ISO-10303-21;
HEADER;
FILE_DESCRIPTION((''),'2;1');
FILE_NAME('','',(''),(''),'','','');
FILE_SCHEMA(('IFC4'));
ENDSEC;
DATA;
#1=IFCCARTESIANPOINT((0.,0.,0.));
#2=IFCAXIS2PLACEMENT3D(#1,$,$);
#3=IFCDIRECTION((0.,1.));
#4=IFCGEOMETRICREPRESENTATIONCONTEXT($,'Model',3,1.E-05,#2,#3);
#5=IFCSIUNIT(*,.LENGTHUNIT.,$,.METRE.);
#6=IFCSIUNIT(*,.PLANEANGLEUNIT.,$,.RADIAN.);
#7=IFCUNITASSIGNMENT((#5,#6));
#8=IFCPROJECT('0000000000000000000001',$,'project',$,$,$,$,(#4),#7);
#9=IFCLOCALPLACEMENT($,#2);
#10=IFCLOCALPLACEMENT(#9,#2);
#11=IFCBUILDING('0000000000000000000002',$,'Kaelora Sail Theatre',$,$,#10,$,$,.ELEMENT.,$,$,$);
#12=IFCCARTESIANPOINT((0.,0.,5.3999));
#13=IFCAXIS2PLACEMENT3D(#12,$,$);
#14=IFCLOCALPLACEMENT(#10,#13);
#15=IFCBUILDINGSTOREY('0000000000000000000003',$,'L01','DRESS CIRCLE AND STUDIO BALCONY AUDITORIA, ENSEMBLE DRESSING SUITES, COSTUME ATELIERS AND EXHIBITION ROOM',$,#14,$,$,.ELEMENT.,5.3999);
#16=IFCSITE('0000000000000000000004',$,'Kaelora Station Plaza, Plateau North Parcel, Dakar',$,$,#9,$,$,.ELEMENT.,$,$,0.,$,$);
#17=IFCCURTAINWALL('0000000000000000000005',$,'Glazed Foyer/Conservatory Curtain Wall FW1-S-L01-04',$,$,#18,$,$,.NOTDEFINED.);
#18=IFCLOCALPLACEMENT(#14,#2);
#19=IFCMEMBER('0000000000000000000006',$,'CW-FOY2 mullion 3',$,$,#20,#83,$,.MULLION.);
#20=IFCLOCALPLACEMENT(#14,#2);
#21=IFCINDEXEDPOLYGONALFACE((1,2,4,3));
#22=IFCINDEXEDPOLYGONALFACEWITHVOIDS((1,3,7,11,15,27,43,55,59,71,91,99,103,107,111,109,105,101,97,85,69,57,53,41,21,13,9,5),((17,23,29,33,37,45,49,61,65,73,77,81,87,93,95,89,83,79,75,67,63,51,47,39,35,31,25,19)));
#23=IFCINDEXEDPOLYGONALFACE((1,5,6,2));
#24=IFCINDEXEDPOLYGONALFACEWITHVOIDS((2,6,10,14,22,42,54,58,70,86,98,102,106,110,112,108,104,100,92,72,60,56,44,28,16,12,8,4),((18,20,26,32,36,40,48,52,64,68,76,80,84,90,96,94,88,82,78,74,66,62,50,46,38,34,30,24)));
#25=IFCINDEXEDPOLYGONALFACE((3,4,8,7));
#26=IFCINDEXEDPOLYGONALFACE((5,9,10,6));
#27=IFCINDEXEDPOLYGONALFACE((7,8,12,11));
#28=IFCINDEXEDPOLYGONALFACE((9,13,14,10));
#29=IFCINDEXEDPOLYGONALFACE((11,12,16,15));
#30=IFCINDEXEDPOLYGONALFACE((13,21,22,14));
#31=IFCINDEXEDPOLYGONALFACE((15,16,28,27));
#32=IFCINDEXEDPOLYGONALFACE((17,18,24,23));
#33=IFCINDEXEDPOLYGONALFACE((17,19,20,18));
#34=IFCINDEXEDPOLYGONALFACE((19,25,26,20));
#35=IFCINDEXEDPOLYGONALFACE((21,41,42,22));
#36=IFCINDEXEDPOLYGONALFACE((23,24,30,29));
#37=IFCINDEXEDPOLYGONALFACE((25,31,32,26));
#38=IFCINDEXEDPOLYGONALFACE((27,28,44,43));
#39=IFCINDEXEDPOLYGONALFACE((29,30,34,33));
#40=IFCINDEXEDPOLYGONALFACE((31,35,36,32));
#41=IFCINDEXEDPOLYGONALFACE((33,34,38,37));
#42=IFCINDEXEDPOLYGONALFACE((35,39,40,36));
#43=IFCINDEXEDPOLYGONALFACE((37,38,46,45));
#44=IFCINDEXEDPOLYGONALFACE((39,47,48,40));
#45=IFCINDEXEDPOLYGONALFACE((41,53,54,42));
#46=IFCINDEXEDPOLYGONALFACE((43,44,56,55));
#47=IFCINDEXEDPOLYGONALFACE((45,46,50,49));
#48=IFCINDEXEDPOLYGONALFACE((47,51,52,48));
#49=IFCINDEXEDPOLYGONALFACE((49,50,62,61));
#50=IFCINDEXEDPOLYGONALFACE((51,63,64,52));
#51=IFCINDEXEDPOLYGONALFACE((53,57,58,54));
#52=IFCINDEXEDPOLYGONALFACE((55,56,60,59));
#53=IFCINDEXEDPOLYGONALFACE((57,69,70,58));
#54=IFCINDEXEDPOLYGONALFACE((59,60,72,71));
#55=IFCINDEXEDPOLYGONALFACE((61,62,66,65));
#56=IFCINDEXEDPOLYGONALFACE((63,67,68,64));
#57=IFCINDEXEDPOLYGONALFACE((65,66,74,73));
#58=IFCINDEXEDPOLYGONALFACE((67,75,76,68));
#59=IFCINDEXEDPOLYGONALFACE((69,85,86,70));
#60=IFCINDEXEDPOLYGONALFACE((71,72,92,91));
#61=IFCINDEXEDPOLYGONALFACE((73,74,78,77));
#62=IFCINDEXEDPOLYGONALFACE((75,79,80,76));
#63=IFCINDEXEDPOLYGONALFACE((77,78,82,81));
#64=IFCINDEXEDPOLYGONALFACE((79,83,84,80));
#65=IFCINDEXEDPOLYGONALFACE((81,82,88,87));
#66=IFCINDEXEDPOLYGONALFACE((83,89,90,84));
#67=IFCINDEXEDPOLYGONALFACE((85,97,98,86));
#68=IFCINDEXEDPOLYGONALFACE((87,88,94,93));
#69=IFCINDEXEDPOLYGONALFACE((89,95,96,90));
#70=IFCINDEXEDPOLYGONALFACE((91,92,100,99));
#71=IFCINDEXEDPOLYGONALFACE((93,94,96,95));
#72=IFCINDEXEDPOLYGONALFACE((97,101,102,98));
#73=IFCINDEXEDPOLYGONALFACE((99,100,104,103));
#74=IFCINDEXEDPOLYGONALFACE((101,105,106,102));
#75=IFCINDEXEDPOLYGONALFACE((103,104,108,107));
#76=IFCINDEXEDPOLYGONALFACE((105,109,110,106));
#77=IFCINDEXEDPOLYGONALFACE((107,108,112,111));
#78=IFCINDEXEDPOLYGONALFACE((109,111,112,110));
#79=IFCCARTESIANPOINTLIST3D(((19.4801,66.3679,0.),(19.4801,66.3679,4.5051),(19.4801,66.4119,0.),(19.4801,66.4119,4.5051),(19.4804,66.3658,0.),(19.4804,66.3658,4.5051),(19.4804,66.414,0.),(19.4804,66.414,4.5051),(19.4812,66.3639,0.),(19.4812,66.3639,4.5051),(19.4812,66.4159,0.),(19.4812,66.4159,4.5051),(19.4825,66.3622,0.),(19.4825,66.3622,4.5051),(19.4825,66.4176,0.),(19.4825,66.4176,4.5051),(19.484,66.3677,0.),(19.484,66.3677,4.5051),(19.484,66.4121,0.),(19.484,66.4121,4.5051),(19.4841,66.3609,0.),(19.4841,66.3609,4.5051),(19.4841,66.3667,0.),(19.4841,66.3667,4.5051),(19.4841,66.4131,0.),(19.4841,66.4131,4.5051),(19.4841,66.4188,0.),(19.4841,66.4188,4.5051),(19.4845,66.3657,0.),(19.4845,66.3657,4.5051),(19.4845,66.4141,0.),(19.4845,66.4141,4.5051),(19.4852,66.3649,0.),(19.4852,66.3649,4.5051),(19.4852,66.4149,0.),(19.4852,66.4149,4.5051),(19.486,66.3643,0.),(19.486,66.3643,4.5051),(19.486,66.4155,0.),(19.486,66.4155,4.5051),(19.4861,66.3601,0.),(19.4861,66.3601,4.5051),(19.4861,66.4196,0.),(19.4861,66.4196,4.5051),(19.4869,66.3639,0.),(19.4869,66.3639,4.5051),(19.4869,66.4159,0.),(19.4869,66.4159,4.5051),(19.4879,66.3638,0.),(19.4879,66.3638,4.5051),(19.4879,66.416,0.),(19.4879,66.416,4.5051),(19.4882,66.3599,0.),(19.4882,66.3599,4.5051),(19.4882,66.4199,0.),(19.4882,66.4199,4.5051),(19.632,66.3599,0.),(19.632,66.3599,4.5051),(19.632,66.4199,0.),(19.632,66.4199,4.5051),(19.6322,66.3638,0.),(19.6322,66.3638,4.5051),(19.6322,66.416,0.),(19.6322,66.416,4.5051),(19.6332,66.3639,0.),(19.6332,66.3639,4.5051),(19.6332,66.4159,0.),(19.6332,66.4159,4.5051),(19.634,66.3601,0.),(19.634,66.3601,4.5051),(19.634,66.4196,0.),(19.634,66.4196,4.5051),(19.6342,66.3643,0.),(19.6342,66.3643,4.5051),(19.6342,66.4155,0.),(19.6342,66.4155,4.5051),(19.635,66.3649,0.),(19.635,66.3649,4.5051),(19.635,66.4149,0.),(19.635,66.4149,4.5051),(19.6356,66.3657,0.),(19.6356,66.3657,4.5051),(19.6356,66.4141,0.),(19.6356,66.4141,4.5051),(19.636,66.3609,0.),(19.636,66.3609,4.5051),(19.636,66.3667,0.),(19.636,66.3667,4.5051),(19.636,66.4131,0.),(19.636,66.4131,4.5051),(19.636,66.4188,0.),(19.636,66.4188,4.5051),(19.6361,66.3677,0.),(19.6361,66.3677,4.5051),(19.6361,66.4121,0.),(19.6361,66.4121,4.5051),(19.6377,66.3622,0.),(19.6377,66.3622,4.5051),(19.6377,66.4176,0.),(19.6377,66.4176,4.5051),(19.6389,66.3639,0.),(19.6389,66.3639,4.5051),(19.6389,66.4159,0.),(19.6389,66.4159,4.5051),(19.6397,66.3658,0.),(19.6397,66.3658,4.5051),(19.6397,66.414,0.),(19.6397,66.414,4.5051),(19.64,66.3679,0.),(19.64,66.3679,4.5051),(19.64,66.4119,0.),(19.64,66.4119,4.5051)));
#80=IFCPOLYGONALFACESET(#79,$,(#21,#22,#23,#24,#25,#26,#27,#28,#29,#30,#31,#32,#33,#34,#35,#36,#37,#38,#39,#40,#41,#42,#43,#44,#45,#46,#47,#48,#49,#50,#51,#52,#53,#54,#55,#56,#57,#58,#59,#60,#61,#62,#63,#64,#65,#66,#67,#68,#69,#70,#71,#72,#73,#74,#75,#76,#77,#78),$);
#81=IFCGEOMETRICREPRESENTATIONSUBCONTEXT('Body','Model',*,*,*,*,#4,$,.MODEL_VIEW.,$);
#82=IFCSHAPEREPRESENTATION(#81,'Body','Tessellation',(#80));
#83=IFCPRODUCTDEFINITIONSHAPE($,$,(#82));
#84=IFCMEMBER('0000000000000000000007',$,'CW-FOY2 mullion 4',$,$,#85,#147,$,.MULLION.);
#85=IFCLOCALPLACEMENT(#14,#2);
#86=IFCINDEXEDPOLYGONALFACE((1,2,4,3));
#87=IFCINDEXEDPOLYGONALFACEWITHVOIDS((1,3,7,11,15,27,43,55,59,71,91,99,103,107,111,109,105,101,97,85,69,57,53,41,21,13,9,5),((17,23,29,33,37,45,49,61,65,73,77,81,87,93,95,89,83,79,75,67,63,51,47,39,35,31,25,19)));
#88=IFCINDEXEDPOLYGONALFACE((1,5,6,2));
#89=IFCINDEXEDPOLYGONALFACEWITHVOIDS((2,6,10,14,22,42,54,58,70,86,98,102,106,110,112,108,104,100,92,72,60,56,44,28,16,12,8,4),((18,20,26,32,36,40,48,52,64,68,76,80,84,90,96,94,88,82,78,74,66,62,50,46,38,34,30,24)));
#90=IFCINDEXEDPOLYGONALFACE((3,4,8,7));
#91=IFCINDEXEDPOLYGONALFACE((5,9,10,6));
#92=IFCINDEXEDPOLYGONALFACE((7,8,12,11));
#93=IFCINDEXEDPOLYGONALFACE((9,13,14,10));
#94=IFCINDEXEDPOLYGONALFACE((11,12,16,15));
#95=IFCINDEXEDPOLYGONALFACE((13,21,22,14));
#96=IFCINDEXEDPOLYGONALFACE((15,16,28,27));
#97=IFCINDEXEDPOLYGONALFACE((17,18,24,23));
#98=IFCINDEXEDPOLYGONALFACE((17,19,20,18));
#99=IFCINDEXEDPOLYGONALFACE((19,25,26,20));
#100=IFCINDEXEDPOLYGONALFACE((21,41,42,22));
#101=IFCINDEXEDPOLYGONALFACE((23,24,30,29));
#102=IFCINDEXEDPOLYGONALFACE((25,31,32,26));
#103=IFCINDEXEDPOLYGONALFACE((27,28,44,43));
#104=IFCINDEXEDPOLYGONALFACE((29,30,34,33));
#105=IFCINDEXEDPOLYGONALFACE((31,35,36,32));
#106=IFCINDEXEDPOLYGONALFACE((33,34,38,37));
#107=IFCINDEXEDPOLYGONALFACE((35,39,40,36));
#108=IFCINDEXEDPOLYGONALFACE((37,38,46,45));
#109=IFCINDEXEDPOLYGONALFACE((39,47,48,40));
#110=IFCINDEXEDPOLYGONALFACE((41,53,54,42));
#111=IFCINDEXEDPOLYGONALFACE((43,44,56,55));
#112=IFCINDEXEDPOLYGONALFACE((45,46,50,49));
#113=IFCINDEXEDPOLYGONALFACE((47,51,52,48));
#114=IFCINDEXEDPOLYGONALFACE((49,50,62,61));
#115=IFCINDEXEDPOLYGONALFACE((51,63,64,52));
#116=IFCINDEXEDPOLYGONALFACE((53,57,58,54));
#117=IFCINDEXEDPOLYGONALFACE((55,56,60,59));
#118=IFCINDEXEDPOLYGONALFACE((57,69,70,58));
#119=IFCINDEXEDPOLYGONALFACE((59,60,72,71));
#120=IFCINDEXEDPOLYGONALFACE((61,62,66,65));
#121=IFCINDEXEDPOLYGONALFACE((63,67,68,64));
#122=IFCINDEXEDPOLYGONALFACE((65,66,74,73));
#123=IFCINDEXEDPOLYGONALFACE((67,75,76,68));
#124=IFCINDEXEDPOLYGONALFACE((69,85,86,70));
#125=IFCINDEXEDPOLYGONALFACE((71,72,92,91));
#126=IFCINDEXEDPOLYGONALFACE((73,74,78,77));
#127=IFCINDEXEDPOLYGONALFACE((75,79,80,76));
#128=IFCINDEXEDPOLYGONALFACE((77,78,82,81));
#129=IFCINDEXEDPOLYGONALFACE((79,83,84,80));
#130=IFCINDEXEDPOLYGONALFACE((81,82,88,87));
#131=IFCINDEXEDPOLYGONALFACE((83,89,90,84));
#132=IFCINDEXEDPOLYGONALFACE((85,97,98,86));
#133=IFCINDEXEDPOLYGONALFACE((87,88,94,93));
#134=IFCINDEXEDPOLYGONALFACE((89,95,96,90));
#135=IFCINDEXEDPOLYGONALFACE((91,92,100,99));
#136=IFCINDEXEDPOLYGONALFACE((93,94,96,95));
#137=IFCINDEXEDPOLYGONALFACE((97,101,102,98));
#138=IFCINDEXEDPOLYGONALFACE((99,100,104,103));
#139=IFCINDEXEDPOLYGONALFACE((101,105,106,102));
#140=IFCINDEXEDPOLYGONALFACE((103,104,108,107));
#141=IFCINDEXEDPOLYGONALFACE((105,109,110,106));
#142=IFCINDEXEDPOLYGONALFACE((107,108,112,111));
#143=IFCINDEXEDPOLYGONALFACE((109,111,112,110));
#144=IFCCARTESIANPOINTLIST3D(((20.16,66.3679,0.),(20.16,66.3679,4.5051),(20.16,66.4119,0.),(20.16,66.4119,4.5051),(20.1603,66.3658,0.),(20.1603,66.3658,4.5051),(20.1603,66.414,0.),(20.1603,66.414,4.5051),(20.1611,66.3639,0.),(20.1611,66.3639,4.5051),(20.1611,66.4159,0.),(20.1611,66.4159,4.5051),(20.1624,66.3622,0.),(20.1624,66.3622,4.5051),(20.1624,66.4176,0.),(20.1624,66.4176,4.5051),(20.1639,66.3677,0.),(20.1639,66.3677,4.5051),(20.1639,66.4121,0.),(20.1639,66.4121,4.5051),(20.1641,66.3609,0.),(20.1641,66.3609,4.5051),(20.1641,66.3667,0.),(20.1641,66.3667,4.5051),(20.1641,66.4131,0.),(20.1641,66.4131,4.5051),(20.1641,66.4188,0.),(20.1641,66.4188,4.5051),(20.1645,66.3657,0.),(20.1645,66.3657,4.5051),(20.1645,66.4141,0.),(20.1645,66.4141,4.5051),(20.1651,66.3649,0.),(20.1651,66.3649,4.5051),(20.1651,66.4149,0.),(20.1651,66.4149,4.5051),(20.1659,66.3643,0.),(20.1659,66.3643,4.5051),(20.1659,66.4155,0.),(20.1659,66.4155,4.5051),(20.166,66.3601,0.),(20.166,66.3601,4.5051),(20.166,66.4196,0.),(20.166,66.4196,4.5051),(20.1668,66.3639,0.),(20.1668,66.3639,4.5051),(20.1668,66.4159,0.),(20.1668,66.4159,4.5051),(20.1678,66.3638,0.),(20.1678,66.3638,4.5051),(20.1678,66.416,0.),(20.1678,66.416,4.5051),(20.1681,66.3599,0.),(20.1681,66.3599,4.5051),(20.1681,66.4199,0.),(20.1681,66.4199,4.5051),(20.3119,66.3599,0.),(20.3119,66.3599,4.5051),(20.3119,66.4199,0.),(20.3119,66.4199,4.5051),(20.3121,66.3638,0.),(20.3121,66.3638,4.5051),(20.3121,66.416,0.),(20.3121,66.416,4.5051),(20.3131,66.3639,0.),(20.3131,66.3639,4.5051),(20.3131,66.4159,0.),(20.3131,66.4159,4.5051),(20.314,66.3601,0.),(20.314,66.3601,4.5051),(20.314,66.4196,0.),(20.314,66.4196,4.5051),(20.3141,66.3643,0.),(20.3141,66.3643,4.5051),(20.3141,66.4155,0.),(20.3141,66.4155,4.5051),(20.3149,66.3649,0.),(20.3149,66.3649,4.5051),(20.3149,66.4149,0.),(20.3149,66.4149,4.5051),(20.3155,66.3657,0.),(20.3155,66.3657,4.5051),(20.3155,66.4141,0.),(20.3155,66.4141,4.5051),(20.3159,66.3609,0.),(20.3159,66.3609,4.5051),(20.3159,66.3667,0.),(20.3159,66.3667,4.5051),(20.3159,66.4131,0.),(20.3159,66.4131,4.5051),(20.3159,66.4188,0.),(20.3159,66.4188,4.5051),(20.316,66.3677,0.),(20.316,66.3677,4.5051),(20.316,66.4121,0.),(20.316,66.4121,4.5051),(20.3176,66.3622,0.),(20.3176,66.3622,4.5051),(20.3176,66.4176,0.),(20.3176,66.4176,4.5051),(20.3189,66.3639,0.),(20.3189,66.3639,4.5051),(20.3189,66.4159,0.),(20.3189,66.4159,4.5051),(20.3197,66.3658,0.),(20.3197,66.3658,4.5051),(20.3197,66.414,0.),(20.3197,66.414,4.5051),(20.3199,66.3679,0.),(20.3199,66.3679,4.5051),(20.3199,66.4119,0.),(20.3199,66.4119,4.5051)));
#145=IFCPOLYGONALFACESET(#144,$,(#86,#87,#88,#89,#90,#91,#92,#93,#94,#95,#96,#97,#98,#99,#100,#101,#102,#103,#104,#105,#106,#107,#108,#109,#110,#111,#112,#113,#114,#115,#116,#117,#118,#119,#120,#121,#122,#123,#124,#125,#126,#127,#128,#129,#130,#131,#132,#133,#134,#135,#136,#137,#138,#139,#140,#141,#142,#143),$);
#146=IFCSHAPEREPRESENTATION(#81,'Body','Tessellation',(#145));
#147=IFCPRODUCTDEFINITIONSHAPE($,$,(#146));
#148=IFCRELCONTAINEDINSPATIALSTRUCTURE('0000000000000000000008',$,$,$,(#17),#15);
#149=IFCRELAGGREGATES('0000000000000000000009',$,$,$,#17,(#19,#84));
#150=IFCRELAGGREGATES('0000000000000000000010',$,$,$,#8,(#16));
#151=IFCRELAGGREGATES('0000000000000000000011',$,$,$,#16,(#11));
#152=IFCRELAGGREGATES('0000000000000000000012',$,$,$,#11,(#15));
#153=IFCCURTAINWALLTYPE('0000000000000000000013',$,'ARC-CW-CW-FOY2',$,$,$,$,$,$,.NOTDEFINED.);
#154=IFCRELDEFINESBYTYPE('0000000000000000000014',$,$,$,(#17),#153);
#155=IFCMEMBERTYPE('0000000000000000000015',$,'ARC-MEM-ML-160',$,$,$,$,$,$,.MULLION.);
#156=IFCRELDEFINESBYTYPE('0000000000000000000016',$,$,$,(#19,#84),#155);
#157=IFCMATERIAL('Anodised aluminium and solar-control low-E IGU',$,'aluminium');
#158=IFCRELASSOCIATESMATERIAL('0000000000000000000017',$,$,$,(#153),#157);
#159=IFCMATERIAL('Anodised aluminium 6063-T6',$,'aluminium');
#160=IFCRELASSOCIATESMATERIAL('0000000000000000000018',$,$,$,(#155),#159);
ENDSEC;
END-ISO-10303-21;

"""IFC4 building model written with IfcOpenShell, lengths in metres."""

from ifc_helpers import new_model, si_unit, direction, frame, origin, origin_2d, place, context, subcontext, project, spatial, hollow_rectangle, extrude, material, material_profile, profile_set, type_object, element, aggregate, save


model = new_model("IFC4")

# Units and contexts
model_context = context("Model", 3, precision=1e-05, world=origin(), true_north=direction((0.0, 1.0)))
body_context = subcontext(model_context, "Body", "Model", "MODEL_VIEW")
ifc_project = project(units=[si_unit("LENGTHUNIT", "METRE"), si_unit("PLANEANGLEUNIT", "RADIAN")], contexts=[model_context])

# Site, building, storey
site_placement = place(None, origin())
site = spatial("IfcSite", under=ifc_project, at=site_placement, Name="Kaelora Station Plaza, Plateau North Parcel, Dakar", CompositionType="ELEMENT", RefElevation=0.0)
building_placement = place(site_placement, origin())
building = spatial("IfcBuilding", under=site, at=building_placement, Name="Kaelora Sail Theatre", CompositionType="ELEMENT")
storey_placement = place(building_placement, frame((0.0, 0.0, 5.3999)))
storey = spatial("IfcBuildingStorey", under=building, at=storey_placement, Name="L01", Description="DRESS CIRCLE AND STUDIO BALCONY AUDITORIA, ENSEMBLE DRESSING SUITES, COSTUME ATELIERS AND EXHIBITION ROOM", CompositionType="ELEMENT", Elevation=5.3999)

# Curtain wall, members
ifc_material_1 = material(Name="Anodised aluminium and solar-control low-E IGU", Category="aluminium")
curtain_wall_type = type_object("IfcCurtainWallType", Name="ARC-CW-CW-FOY2", PredefinedType="NOTDEFINED", material=ifc_material_1)
curtain_wall_placement = place(storey_placement, origin())
curtain_wall = element("IfcCurtainWall", 1, at=curtain_wall_placement, inside=storey, type_object=curtain_wall_type, Name="Glazed Foyer/Conservatory Curtain Wall FW1-S-L01-04", PredefinedType="NOTDEFINED")
ifc_material_2 = material(Name="Anodised aluminium 6063-T6", Category="aluminium")
ifc_material_profile_1 = material_profile(ifc_material_2, hollow_rectangle(XDim=0.0601, YDim=0.1599, WallThickness=0.0039, InnerFilletRadius=0.0039, OuterFilletRadius=0.0081, at=origin_2d()), Name="ALU-MULL 60x160x4")
ifc_profile_set_1 = profile_set([ifc_material_profile_1], Name="Anodised aluminium 6063-T6")
member_type_1 = type_object("IfcMemberType", Name="ARC-MEM-ML-160", PredefinedType="MULLION", material=ifc_profile_set_1)
member_1_placement = place(storey_placement, frame((19.5601, 66.3899, 0.0), z_axis=(0.0, 0.0, 1.0), x_axis=(0.0, 1.0, 0.0)))
member_1 = element("IfcMember", 2, at=member_1_placement, type_object=member_type_1, Name="CW-FOY2 mullion 3", PredefinedType="MULLION", context=body_context, shape_type="SweptSolid", body=[
    extrude(hollow_rectangle(XDim=0.0601, YDim=0.1599, WallThickness=0.0039, InnerFilletRadius=0.0039, OuterFilletRadius=0.0081, at=origin_2d()), origin(), (0.0, 0.0, 1.0), 4.5051),
])
member_2_placement = place(storey_placement, frame((20.24, 66.3899, 0.0), z_axis=(0.0, 0.0, 1.0), x_axis=(0.0, 1.0, 0.0)))
member_2 = element("IfcMember", 3, at=member_2_placement, type_object=member_type_1, Name="CW-FOY2 mullion 4", PredefinedType="MULLION", context=body_context, shape_type="SweptSolid", body=[
    extrude(hollow_rectangle(XDim=0.0601, YDim=0.1599, WallThickness=0.0039, InnerFilletRadius=0.0039, OuterFilletRadius=0.0081, at=origin_2d()), origin(), (0.0, 0.0, 1.0), 4.5051),
])
aggregate(curtain_wall, [member_1, member_2])

save(model, "model.ifc")
